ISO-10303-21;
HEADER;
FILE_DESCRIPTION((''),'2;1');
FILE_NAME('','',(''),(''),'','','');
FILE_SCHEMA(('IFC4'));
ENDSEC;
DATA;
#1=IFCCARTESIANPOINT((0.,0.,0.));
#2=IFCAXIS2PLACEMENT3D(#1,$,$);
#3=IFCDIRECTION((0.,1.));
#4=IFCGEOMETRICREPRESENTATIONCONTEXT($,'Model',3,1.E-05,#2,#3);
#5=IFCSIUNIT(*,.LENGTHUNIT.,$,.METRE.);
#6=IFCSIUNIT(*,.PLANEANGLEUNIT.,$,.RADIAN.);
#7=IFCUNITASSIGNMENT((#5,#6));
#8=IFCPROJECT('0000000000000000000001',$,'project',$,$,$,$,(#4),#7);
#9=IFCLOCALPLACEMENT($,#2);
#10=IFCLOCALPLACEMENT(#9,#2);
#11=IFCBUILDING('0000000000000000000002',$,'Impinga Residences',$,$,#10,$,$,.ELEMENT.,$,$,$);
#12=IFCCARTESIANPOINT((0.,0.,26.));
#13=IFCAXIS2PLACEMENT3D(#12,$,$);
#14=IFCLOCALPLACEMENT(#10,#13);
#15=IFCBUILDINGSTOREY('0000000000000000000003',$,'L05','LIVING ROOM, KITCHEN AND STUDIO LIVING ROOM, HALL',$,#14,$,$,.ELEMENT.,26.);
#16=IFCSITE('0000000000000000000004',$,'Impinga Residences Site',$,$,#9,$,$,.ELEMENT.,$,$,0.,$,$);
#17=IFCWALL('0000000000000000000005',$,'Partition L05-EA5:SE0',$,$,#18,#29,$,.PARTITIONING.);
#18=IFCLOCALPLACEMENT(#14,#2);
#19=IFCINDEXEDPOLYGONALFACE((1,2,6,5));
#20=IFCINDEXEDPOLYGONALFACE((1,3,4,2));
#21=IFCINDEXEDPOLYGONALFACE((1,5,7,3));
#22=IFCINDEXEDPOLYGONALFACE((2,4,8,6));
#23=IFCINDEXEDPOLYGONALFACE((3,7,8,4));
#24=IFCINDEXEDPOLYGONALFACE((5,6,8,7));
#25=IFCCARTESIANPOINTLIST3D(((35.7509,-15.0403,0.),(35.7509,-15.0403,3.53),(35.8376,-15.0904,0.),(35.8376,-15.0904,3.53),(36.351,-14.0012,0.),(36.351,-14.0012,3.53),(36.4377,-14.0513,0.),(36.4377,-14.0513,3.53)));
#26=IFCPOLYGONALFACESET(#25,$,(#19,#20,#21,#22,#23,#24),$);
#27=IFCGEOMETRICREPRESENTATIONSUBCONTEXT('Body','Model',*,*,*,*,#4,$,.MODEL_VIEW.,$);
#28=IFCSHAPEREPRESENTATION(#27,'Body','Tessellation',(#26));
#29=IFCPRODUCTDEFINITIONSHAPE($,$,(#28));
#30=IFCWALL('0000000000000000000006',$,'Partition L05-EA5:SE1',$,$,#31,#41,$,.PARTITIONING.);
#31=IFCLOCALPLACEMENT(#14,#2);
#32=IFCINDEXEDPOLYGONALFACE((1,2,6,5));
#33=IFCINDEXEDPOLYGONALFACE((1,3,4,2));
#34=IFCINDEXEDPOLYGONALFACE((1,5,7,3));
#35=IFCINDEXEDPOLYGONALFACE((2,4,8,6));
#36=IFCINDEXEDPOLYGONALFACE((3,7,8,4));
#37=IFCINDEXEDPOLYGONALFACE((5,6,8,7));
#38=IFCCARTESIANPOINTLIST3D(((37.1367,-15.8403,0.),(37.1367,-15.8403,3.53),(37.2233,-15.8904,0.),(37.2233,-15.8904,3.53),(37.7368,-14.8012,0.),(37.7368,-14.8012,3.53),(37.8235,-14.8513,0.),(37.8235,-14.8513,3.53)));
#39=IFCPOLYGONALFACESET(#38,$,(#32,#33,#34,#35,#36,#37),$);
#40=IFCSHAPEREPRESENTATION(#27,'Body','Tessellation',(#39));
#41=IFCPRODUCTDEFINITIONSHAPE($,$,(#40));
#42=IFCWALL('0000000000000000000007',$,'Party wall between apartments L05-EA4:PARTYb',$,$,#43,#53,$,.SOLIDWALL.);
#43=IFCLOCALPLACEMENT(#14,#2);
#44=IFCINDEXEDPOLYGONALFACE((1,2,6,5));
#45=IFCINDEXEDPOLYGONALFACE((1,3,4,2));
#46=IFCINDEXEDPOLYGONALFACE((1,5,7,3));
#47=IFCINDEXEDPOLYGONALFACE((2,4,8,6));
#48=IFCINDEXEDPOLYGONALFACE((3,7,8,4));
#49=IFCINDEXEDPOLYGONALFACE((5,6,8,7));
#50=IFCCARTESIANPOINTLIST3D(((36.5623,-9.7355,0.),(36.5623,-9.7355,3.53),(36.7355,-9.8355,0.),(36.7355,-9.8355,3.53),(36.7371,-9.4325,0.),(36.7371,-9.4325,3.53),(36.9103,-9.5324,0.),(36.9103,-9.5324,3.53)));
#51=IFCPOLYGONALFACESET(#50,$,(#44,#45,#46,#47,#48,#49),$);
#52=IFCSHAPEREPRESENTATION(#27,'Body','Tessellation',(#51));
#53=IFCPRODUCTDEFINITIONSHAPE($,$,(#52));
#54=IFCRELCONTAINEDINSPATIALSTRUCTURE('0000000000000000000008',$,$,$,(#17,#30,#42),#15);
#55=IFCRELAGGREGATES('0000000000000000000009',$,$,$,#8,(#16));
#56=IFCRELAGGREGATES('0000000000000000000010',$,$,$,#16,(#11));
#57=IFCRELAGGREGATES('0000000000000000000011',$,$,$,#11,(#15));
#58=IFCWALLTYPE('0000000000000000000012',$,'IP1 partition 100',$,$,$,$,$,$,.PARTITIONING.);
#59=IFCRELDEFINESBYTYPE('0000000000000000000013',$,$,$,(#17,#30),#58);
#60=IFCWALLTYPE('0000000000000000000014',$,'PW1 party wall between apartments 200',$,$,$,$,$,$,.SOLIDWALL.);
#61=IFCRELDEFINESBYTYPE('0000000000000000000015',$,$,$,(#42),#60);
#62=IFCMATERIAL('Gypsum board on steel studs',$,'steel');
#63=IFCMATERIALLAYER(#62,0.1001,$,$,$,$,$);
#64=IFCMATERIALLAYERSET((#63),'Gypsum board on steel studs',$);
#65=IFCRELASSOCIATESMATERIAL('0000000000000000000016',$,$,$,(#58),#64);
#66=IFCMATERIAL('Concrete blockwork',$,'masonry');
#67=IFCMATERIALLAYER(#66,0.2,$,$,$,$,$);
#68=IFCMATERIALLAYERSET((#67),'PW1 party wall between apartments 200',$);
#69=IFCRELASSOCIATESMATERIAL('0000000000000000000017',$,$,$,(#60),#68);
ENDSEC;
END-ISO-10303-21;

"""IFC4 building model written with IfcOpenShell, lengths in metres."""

from ifc_helpers import new_model, si_unit, direction, frame, frame_2d, origin, place, context, subcontext, project, spatial, rectangle, extrude, material, layer, layer_set, type_object, element, save


model = new_model("IFC4")

# Units and contexts
model_context = context("Model", 3, precision=1e-05, world=origin(), true_north=direction((0.0, 1.0)))
body_context = subcontext(model_context, "Body", "Model", "MODEL_VIEW")
ifc_project = project(units=[si_unit("LENGTHUNIT", "METRE"), si_unit("PLANEANGLEUNIT", "RADIAN")], contexts=[model_context])

# Site, building, storey
site_placement = place(None, origin())
site = spatial("IfcSite", under=ifc_project, at=site_placement, Name="Impinga Residences Site", CompositionType="ELEMENT", RefElevation=0.0)
building_placement = place(site_placement, origin())
building = spatial("IfcBuilding", under=site, at=building_placement, Name="Impinga Residences", CompositionType="ELEMENT")
storey_placement = place(building_placement, frame((0.0, 0.0, 26.0)))
storey = spatial("IfcBuildingStorey", under=building, at=storey_placement, Name="L05", Description="LIVING ROOM, KITCHEN AND STUDIO LIVING ROOM, HALL", CompositionType="ELEMENT", Elevation=26.0)

# Shared definitions
ifc_material_1 = material(Name="Gypsum board on steel studs", Category="steel")
ifc_layer_1 = layer(ifc_material_1, 0.1001)
ifc_layer_set_1 = layer_set([ifc_layer_1], Name="Gypsum board on steel studs")
wall_type_1 = type_object("IfcWallType", Name="IP1 partition 100", PredefinedType="PARTITIONING", material=ifc_layer_set_1)

# Walls
for number, where, z_axis, x_axis, name in (
    (1, (35.7942, -15.0654, 0.0), (0.0, 0.0, 1.0), (0.500122, 0.865955, 0.0), "Partition L05-EA5:SE0"),
    (2, (37.1799, -15.8655, 0.0), (0.0, 0.0, 1.0), (0.500122, 0.865955, 0.0), "Partition L05-EA5:SE1"),
):
    element("IfcWall", number, at=place(storey_placement, frame(where, z_axis=z_axis, x_axis=x_axis)), inside=storey, type_object=wall_type_1, Name=name, PredefinedType="PARTITIONING", context=body_context, shape_type="SweptSolid", body=[
        extrude(rectangle(XDim=1.2, YDim=0.1001, at=frame_2d((0.6001, 0.0))), origin(), (0.0, 0.0, 1.0), 3.53),
    ])
ifc_material_2 = material(Name="Concrete blockwork", Category="masonry")
ifc_layer_2 = layer(ifc_material_2, 0.2)
ifc_layer_set_2 = layer_set([ifc_layer_2], Name="PW1 party wall between apartments 200")
wall_type_2 = type_object("IfcWallType", Name="PW1 party wall between apartments 200", PredefinedType="SOLIDWALL", material=ifc_layer_set_2)
wall_1_placement = place(storey_placement, frame((36.6489, -9.7854, 0.0), z_axis=(0.0, 0.0, 1.0), x_axis=(0.499743, 0.866174, 0.0)))
element("IfcWall", 3, at=wall_1_placement, inside=storey, type_object=wall_type_2, Name="Party wall between apartments L05-EA4:PARTYb", PredefinedType="SOLIDWALL", context=body_context, shape_type="SweptSolid", body=[
    extrude(rectangle(XDim=0.3499, YDim=0.2, at=frame_2d((0.1748, 0.0))), origin(), (0.0, 0.0, 1.0), 3.53),
])

save(model, "model.ifc")
